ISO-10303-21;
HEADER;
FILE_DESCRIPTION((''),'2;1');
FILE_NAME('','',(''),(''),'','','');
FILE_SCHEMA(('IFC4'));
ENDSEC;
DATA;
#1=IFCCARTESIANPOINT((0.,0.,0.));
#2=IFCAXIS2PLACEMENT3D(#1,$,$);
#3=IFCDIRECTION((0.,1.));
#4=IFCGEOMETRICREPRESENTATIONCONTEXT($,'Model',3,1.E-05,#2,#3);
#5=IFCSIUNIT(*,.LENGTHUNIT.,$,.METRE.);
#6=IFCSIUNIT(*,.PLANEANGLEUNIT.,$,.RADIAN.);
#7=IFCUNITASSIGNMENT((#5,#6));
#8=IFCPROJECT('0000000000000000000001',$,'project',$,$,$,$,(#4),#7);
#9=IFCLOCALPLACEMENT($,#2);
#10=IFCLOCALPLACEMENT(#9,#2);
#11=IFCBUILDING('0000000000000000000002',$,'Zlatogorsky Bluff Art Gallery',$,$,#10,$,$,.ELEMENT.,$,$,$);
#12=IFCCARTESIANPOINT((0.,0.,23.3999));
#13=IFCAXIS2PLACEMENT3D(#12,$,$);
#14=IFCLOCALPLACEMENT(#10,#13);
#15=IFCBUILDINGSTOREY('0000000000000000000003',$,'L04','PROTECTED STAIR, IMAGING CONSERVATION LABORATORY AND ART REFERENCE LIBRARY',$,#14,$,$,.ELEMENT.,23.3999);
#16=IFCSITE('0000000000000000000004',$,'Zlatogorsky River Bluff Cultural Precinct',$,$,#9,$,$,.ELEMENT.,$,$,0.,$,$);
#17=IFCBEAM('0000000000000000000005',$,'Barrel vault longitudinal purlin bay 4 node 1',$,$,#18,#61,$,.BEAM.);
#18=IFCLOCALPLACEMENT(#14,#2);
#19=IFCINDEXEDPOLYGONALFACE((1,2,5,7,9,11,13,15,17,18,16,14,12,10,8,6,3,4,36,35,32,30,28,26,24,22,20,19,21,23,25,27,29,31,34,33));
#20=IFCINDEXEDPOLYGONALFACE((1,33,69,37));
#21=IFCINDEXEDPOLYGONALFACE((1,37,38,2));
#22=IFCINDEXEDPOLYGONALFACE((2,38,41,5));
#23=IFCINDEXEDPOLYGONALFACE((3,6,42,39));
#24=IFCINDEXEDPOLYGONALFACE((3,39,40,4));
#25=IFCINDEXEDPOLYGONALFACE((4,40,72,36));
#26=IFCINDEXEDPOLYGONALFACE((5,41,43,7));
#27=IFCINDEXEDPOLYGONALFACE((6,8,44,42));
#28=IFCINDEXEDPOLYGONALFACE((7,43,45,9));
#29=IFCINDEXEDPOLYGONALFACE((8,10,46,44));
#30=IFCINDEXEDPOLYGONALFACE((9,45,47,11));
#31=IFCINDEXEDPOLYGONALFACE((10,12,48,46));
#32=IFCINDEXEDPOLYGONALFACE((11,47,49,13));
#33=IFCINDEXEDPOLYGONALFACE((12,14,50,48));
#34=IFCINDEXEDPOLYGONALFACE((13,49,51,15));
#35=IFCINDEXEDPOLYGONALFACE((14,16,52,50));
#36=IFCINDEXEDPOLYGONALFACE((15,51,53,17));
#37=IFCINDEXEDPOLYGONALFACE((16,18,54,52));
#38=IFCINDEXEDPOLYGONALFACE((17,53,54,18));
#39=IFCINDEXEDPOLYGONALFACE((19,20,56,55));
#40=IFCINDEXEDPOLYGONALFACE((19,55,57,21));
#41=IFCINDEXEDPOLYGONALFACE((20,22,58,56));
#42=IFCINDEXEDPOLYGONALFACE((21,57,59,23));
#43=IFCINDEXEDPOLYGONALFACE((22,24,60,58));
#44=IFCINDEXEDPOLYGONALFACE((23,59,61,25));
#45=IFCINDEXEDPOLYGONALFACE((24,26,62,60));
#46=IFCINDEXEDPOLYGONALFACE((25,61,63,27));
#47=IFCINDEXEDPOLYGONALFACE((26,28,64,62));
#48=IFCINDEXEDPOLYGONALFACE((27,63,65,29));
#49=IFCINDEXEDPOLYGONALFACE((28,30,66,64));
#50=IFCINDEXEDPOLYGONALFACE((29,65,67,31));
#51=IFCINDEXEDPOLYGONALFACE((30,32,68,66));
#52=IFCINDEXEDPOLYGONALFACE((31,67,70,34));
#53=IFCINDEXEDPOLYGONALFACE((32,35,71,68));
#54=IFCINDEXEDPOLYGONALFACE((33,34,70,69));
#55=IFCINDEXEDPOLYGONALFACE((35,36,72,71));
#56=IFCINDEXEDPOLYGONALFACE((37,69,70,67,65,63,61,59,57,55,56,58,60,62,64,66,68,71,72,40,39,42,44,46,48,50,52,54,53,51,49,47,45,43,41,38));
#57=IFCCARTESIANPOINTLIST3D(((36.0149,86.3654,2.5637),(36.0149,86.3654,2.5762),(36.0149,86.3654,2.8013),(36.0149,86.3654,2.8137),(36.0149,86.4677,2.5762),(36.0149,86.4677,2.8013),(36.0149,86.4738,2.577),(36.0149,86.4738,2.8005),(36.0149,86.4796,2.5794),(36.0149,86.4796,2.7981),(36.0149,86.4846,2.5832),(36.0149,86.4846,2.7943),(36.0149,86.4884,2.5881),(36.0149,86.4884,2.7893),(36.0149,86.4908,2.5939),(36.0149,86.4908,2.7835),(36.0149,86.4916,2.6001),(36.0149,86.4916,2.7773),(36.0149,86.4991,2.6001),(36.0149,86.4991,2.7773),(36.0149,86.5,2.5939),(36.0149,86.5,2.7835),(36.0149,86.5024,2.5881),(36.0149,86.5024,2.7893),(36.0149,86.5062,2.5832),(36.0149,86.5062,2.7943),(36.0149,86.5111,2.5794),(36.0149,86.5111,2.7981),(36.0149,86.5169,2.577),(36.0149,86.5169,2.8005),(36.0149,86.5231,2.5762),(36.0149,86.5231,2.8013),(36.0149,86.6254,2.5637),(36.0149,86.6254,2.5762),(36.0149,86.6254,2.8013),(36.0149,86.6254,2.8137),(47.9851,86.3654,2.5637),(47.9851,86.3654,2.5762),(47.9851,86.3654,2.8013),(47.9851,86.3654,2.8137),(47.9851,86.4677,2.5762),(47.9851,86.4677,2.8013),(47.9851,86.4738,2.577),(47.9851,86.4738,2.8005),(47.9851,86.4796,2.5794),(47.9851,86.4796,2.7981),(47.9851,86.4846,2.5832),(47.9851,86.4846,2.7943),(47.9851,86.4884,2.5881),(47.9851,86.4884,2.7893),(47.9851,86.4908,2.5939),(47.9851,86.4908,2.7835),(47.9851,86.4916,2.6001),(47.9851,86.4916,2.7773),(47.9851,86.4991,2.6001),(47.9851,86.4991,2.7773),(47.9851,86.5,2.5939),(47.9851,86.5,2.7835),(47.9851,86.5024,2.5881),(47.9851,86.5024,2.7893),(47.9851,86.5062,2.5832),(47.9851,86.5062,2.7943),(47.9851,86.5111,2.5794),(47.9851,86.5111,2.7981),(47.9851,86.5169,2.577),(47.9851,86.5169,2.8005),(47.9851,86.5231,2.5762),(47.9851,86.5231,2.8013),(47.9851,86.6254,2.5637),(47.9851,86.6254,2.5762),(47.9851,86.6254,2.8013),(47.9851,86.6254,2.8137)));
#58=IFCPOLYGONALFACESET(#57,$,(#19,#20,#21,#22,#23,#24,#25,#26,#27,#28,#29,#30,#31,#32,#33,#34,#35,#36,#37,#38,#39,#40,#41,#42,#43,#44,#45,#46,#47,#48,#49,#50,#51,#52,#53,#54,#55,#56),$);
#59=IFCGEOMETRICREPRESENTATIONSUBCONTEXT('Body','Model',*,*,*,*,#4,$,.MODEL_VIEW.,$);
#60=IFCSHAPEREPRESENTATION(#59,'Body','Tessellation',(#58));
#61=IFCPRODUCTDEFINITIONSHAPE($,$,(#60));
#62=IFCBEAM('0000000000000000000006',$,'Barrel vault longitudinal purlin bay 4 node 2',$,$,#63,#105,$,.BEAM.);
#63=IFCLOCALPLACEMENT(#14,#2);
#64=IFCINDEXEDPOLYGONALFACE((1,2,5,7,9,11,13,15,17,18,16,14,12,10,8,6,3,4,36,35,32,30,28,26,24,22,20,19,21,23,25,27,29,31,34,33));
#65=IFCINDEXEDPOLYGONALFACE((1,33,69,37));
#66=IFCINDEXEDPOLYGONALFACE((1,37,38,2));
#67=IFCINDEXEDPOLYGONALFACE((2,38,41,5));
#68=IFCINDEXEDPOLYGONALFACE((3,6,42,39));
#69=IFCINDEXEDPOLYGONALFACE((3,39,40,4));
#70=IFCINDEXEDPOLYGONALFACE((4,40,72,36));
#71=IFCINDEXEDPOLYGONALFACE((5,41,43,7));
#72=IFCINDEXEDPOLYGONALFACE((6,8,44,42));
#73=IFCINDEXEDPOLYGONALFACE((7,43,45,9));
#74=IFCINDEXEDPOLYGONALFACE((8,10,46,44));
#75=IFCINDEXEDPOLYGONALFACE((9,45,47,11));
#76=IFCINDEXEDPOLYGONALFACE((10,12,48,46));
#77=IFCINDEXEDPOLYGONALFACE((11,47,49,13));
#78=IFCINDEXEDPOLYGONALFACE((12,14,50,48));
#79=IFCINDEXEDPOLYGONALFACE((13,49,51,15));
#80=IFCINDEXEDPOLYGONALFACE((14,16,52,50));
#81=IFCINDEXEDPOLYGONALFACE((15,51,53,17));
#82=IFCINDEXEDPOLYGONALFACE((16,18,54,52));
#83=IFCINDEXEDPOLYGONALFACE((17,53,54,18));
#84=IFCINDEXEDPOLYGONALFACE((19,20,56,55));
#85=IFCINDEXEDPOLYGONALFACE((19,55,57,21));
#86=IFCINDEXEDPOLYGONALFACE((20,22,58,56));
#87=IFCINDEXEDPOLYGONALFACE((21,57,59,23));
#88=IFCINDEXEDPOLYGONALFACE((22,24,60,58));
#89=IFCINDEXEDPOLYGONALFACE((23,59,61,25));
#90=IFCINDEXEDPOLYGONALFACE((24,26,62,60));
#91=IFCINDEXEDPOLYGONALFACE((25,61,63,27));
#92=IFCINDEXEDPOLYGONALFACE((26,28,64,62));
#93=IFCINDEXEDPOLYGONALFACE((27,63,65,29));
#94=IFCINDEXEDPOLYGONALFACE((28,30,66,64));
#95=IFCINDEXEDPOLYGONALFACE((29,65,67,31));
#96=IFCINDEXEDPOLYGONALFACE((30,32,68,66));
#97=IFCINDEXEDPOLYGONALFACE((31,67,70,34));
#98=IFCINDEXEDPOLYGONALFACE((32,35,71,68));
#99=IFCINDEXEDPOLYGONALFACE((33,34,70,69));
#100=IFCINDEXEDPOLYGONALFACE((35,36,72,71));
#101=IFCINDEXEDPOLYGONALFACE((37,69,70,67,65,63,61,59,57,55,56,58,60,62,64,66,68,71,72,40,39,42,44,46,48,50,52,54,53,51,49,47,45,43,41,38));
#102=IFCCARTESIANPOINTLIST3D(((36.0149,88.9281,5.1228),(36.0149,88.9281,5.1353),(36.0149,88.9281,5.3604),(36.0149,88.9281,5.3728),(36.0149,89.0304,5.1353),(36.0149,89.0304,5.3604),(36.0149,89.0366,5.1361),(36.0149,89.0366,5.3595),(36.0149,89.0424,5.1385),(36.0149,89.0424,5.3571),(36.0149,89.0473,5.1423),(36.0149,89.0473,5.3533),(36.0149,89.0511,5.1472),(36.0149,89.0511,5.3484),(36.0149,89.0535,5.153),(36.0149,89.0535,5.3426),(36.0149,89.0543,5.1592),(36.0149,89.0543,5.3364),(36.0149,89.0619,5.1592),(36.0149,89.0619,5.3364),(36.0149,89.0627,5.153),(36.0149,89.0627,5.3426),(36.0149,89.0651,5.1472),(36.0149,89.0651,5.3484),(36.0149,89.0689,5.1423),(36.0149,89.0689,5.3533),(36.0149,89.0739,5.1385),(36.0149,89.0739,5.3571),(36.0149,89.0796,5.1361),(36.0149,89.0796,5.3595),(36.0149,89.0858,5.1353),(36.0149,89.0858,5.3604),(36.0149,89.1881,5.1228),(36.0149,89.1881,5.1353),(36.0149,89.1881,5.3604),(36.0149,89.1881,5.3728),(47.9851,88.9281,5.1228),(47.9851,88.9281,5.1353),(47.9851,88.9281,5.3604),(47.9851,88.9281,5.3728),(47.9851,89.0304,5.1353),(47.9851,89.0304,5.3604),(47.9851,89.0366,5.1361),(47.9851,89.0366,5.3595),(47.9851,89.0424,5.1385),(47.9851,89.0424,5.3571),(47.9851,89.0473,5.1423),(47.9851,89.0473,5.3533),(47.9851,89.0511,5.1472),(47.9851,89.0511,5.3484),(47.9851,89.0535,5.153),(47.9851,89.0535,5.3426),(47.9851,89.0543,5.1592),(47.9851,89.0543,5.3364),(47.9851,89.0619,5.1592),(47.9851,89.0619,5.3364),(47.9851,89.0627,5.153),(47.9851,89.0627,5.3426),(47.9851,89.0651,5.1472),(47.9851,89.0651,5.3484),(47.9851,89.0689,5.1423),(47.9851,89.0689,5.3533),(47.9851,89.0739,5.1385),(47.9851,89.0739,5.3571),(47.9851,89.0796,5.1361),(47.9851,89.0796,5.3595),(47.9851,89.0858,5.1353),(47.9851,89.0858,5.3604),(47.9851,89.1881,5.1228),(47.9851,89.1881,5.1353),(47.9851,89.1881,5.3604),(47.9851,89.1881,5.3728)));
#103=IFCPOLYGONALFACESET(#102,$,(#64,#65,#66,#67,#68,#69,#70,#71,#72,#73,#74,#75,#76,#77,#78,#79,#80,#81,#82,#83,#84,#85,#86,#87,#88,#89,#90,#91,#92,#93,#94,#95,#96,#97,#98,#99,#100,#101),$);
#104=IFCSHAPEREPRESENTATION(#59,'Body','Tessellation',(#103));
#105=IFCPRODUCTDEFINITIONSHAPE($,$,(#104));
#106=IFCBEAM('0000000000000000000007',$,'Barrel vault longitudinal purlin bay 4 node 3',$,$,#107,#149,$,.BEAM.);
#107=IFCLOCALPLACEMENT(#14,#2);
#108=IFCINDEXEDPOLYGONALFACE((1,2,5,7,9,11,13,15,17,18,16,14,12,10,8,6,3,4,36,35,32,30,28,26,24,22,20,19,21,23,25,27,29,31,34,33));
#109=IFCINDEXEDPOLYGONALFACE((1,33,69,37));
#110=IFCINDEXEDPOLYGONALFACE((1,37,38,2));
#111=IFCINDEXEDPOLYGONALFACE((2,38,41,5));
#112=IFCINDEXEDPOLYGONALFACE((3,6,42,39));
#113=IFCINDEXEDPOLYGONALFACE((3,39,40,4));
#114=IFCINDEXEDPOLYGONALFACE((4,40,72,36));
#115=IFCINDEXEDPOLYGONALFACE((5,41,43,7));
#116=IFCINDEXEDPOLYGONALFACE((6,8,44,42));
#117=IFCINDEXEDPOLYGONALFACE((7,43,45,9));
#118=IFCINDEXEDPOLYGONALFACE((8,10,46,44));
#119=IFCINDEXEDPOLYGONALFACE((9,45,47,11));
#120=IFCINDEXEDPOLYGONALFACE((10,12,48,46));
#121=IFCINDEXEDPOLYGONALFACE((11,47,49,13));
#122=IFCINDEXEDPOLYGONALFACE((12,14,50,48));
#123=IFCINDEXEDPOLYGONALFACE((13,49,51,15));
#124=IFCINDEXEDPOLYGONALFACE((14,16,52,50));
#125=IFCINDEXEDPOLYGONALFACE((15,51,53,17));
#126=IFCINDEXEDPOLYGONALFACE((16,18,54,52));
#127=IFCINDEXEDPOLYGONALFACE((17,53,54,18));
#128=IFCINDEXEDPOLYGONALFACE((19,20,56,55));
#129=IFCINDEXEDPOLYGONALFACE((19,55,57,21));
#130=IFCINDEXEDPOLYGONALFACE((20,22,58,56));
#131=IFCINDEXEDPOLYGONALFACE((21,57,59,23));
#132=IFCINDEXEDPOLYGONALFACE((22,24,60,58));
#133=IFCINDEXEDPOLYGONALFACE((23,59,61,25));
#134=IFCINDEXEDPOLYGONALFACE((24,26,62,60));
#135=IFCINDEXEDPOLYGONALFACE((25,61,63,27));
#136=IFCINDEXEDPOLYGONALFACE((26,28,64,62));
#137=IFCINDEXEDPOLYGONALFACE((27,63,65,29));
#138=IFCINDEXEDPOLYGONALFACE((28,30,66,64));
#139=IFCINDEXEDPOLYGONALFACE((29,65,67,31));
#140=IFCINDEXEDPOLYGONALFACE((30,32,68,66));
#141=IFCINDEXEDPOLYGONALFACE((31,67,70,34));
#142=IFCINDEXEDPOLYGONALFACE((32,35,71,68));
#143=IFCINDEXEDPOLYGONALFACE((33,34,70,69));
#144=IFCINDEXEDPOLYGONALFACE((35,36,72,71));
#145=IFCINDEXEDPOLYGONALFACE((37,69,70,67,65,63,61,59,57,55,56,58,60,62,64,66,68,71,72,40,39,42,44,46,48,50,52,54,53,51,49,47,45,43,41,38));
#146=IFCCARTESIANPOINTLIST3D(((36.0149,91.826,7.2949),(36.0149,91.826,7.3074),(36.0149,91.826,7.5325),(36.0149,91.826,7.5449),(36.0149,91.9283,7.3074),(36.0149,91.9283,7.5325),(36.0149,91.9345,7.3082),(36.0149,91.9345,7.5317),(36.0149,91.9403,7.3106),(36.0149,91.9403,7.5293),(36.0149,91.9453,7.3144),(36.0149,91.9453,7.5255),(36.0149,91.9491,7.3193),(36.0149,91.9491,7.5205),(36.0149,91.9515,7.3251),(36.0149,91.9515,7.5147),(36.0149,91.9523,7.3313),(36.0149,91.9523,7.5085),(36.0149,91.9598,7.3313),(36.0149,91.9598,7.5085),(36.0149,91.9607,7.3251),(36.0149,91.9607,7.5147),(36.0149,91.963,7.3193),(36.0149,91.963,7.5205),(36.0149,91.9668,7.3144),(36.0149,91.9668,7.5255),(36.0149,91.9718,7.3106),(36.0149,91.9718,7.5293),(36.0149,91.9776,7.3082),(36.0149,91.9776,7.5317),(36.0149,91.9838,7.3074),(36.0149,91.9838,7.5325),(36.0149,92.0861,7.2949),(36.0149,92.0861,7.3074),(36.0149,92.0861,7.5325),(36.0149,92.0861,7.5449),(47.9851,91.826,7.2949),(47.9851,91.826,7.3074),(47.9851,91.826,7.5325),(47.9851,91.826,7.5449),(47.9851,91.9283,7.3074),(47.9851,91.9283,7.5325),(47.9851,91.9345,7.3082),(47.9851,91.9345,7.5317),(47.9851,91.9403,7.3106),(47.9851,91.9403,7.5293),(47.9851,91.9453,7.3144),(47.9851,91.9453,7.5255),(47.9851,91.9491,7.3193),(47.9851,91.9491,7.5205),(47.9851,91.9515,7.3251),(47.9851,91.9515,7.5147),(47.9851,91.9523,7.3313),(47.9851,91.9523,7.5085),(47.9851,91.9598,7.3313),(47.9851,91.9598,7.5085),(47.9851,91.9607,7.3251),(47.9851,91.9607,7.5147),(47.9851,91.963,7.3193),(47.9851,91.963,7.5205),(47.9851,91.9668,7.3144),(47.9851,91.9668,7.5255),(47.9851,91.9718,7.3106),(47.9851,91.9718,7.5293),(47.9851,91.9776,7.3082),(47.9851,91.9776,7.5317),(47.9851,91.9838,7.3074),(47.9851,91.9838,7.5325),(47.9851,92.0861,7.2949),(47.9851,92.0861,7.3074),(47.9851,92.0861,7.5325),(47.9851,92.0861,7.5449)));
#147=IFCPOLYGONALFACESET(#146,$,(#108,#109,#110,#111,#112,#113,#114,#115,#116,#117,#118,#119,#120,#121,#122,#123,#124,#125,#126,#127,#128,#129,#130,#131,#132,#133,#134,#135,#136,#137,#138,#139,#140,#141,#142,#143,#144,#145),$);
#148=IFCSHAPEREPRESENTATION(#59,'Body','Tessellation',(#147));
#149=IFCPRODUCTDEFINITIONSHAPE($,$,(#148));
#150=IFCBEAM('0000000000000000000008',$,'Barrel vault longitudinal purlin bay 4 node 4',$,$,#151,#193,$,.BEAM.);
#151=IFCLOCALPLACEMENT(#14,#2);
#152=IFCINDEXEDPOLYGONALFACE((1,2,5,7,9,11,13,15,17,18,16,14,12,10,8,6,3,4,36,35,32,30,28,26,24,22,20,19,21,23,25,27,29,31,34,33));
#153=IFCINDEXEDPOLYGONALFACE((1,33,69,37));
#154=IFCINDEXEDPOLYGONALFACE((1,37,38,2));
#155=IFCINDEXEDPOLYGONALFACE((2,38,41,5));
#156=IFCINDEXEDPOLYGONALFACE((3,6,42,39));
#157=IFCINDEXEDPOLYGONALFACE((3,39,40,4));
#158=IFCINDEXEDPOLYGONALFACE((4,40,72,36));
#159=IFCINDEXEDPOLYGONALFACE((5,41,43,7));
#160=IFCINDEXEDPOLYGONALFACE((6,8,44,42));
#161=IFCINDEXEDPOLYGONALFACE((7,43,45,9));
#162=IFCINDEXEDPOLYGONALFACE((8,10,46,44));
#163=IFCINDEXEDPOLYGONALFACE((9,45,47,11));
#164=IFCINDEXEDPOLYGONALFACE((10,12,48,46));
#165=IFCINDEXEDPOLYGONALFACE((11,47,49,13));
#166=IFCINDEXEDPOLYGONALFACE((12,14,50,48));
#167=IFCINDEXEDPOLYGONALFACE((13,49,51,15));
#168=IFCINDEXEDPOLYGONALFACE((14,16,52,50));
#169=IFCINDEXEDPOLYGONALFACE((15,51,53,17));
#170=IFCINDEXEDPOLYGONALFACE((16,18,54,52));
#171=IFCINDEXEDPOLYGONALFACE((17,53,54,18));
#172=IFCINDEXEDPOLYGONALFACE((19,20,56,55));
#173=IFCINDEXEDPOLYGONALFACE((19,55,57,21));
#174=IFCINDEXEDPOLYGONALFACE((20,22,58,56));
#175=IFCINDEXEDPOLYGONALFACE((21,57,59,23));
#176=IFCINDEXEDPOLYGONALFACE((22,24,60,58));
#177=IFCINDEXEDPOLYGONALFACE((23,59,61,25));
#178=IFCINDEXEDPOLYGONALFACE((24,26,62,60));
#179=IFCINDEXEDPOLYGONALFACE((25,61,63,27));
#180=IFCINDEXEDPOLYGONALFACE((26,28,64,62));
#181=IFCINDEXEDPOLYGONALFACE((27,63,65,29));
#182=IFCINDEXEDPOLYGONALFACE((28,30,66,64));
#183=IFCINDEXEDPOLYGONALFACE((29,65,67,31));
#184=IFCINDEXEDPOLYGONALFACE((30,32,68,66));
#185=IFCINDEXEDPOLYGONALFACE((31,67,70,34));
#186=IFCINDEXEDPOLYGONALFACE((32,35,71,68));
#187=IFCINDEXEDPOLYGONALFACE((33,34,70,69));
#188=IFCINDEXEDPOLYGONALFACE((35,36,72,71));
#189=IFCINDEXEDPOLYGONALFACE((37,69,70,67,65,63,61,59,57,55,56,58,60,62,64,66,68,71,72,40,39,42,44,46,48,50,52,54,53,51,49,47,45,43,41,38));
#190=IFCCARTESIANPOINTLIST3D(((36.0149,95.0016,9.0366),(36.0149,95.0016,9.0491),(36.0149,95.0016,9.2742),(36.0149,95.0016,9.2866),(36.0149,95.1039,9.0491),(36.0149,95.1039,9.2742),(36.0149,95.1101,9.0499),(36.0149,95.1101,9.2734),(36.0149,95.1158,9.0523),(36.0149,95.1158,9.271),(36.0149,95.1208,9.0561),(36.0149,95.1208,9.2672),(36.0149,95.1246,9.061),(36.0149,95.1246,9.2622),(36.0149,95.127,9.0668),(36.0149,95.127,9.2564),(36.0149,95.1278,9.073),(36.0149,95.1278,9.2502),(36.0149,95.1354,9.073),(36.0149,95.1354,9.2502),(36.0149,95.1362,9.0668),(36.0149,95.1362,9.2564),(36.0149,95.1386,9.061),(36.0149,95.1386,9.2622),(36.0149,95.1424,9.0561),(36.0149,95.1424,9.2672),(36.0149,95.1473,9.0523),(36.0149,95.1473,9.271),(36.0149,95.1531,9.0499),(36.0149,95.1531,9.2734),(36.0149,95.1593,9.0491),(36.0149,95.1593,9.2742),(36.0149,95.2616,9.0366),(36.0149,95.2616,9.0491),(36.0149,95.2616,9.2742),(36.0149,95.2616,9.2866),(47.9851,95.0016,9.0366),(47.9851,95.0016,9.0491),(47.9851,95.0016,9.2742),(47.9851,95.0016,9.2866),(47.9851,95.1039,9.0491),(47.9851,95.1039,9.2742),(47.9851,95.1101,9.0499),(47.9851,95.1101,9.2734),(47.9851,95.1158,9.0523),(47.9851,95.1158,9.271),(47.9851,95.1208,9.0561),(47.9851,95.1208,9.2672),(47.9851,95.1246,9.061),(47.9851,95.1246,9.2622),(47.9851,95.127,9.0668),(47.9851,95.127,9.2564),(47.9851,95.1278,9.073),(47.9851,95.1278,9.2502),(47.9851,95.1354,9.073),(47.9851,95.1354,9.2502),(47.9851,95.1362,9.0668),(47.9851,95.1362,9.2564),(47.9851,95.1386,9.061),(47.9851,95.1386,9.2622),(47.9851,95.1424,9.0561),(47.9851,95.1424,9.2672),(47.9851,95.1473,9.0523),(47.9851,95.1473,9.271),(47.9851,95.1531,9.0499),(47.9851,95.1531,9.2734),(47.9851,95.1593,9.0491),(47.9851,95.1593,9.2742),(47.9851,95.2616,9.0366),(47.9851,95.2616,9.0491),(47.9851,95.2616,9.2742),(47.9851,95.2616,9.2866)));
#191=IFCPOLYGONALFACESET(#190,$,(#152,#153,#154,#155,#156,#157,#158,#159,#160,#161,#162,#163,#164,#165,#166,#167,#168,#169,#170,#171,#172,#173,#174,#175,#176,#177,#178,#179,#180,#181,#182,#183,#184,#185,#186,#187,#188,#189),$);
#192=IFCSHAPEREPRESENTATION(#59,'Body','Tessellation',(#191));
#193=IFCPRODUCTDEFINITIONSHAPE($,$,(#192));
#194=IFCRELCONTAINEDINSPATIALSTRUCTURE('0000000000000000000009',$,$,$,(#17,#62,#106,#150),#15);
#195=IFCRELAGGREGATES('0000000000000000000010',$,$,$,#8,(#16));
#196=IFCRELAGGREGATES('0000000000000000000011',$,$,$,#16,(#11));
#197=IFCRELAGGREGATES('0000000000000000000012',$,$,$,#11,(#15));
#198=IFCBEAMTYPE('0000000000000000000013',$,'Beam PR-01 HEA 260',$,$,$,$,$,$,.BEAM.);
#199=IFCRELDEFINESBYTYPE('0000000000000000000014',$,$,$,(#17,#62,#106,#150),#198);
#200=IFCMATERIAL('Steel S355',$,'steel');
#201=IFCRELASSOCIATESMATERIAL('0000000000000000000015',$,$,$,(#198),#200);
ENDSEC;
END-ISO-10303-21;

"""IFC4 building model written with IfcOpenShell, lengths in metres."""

from ifc_helpers import new_model, si_unit, direction, frame, origin, origin_2d, place, context, subcontext, project, spatial, i_section, extrude, material, material_profile, profile_set, type_object, element, save


model = new_model("IFC4")

# Units and contexts
model_context = context("Model", 3, precision=1e-05, world=origin(), true_north=direction((0.0, 1.0)))
body_context = subcontext(model_context, "Body", "Model", "MODEL_VIEW")
ifc_project = project(units=[si_unit("LENGTHUNIT", "METRE"), si_unit("PLANEANGLEUNIT", "RADIAN")], contexts=[model_context])

# Site, building, storey
site_placement = place(None, origin())
site = spatial("IfcSite", under=ifc_project, at=site_placement, Name="Zlatogorsky River Bluff Cultural Precinct", CompositionType="ELEMENT", RefElevation=0.0)
building_placement = place(site_placement, origin())
building = spatial("IfcBuilding", under=site, at=building_placement, Name="Zlatogorsky Bluff Art Gallery", CompositionType="ELEMENT")
storey_placement = place(building_placement, frame((0.0, 0.0, 23.3999)))
storey = spatial("IfcBuildingStorey", under=building, at=storey_placement, Name="L04", Description="PROTECTED STAIR, IMAGING CONSERVATION LABORATORY AND ART REFERENCE LIBRARY", CompositionType="ELEMENT", Elevation=23.3999)

# Beams
ifc_material_1 = material(Name="Steel S355", Category="steel")
ifc_material_profile_1 = material_profile(ifc_material_1, i_section(OverallWidth=0.26, OverallDepth=0.25, WebThickness=0.0076, FlangeThickness=0.0125, FilletRadius=0.0239, at=origin_2d()), Name="HEA 260")
ifc_profile_set_1 = profile_set([ifc_material_profile_1], Name="Steel S355")
beam_type_1 = type_object("IfcBeamType", Name="Beam PR-01 HEA 260", PredefinedType="BEAM", material=ifc_profile_set_1)
for number, where, z_axis, x_axis, name in (
    (1, (36.0149, 86.4954, 2.6887), (1.0, 0.0, 0.0), (0.0, 1.0, 0.0), "Barrel vault longitudinal purlin bay 4 node 1"),
    (2, (36.0149, 89.0581, 5.2478), (1.0, 0.0, 0.0), (0.0, 1.0, 0.0), "Barrel vault longitudinal purlin bay 4 node 2"),
    (3, (36.0149, 91.9561, 7.4199), (1.0, 0.0, 0.0), (0.0, 1.0, 0.0), "Barrel vault longitudinal purlin bay 4 node 3"),
    (4, (36.0149, 95.1316, 9.1616), (1.0, 0.0, 0.0), (0.0, 1.0, 0.0), "Barrel vault longitudinal purlin bay 4 node 4"),
):
    element("IfcBeam", number, at=place(storey_placement, frame(where, z_axis=z_axis, x_axis=x_axis)), inside=storey, type_object=beam_type_1, Name=name, PredefinedType="BEAM", context=body_context, shape_type="SweptSolid", body=[
        extrude(i_section(OverallWidth=0.26, OverallDepth=0.25, WebThickness=0.0076, FlangeThickness=0.0125, FilletRadius=0.0239, at=origin_2d()), origin(), (0.0, 0.0, 1.0), 11.9702),
    ])

save(model, "model.ifc")
